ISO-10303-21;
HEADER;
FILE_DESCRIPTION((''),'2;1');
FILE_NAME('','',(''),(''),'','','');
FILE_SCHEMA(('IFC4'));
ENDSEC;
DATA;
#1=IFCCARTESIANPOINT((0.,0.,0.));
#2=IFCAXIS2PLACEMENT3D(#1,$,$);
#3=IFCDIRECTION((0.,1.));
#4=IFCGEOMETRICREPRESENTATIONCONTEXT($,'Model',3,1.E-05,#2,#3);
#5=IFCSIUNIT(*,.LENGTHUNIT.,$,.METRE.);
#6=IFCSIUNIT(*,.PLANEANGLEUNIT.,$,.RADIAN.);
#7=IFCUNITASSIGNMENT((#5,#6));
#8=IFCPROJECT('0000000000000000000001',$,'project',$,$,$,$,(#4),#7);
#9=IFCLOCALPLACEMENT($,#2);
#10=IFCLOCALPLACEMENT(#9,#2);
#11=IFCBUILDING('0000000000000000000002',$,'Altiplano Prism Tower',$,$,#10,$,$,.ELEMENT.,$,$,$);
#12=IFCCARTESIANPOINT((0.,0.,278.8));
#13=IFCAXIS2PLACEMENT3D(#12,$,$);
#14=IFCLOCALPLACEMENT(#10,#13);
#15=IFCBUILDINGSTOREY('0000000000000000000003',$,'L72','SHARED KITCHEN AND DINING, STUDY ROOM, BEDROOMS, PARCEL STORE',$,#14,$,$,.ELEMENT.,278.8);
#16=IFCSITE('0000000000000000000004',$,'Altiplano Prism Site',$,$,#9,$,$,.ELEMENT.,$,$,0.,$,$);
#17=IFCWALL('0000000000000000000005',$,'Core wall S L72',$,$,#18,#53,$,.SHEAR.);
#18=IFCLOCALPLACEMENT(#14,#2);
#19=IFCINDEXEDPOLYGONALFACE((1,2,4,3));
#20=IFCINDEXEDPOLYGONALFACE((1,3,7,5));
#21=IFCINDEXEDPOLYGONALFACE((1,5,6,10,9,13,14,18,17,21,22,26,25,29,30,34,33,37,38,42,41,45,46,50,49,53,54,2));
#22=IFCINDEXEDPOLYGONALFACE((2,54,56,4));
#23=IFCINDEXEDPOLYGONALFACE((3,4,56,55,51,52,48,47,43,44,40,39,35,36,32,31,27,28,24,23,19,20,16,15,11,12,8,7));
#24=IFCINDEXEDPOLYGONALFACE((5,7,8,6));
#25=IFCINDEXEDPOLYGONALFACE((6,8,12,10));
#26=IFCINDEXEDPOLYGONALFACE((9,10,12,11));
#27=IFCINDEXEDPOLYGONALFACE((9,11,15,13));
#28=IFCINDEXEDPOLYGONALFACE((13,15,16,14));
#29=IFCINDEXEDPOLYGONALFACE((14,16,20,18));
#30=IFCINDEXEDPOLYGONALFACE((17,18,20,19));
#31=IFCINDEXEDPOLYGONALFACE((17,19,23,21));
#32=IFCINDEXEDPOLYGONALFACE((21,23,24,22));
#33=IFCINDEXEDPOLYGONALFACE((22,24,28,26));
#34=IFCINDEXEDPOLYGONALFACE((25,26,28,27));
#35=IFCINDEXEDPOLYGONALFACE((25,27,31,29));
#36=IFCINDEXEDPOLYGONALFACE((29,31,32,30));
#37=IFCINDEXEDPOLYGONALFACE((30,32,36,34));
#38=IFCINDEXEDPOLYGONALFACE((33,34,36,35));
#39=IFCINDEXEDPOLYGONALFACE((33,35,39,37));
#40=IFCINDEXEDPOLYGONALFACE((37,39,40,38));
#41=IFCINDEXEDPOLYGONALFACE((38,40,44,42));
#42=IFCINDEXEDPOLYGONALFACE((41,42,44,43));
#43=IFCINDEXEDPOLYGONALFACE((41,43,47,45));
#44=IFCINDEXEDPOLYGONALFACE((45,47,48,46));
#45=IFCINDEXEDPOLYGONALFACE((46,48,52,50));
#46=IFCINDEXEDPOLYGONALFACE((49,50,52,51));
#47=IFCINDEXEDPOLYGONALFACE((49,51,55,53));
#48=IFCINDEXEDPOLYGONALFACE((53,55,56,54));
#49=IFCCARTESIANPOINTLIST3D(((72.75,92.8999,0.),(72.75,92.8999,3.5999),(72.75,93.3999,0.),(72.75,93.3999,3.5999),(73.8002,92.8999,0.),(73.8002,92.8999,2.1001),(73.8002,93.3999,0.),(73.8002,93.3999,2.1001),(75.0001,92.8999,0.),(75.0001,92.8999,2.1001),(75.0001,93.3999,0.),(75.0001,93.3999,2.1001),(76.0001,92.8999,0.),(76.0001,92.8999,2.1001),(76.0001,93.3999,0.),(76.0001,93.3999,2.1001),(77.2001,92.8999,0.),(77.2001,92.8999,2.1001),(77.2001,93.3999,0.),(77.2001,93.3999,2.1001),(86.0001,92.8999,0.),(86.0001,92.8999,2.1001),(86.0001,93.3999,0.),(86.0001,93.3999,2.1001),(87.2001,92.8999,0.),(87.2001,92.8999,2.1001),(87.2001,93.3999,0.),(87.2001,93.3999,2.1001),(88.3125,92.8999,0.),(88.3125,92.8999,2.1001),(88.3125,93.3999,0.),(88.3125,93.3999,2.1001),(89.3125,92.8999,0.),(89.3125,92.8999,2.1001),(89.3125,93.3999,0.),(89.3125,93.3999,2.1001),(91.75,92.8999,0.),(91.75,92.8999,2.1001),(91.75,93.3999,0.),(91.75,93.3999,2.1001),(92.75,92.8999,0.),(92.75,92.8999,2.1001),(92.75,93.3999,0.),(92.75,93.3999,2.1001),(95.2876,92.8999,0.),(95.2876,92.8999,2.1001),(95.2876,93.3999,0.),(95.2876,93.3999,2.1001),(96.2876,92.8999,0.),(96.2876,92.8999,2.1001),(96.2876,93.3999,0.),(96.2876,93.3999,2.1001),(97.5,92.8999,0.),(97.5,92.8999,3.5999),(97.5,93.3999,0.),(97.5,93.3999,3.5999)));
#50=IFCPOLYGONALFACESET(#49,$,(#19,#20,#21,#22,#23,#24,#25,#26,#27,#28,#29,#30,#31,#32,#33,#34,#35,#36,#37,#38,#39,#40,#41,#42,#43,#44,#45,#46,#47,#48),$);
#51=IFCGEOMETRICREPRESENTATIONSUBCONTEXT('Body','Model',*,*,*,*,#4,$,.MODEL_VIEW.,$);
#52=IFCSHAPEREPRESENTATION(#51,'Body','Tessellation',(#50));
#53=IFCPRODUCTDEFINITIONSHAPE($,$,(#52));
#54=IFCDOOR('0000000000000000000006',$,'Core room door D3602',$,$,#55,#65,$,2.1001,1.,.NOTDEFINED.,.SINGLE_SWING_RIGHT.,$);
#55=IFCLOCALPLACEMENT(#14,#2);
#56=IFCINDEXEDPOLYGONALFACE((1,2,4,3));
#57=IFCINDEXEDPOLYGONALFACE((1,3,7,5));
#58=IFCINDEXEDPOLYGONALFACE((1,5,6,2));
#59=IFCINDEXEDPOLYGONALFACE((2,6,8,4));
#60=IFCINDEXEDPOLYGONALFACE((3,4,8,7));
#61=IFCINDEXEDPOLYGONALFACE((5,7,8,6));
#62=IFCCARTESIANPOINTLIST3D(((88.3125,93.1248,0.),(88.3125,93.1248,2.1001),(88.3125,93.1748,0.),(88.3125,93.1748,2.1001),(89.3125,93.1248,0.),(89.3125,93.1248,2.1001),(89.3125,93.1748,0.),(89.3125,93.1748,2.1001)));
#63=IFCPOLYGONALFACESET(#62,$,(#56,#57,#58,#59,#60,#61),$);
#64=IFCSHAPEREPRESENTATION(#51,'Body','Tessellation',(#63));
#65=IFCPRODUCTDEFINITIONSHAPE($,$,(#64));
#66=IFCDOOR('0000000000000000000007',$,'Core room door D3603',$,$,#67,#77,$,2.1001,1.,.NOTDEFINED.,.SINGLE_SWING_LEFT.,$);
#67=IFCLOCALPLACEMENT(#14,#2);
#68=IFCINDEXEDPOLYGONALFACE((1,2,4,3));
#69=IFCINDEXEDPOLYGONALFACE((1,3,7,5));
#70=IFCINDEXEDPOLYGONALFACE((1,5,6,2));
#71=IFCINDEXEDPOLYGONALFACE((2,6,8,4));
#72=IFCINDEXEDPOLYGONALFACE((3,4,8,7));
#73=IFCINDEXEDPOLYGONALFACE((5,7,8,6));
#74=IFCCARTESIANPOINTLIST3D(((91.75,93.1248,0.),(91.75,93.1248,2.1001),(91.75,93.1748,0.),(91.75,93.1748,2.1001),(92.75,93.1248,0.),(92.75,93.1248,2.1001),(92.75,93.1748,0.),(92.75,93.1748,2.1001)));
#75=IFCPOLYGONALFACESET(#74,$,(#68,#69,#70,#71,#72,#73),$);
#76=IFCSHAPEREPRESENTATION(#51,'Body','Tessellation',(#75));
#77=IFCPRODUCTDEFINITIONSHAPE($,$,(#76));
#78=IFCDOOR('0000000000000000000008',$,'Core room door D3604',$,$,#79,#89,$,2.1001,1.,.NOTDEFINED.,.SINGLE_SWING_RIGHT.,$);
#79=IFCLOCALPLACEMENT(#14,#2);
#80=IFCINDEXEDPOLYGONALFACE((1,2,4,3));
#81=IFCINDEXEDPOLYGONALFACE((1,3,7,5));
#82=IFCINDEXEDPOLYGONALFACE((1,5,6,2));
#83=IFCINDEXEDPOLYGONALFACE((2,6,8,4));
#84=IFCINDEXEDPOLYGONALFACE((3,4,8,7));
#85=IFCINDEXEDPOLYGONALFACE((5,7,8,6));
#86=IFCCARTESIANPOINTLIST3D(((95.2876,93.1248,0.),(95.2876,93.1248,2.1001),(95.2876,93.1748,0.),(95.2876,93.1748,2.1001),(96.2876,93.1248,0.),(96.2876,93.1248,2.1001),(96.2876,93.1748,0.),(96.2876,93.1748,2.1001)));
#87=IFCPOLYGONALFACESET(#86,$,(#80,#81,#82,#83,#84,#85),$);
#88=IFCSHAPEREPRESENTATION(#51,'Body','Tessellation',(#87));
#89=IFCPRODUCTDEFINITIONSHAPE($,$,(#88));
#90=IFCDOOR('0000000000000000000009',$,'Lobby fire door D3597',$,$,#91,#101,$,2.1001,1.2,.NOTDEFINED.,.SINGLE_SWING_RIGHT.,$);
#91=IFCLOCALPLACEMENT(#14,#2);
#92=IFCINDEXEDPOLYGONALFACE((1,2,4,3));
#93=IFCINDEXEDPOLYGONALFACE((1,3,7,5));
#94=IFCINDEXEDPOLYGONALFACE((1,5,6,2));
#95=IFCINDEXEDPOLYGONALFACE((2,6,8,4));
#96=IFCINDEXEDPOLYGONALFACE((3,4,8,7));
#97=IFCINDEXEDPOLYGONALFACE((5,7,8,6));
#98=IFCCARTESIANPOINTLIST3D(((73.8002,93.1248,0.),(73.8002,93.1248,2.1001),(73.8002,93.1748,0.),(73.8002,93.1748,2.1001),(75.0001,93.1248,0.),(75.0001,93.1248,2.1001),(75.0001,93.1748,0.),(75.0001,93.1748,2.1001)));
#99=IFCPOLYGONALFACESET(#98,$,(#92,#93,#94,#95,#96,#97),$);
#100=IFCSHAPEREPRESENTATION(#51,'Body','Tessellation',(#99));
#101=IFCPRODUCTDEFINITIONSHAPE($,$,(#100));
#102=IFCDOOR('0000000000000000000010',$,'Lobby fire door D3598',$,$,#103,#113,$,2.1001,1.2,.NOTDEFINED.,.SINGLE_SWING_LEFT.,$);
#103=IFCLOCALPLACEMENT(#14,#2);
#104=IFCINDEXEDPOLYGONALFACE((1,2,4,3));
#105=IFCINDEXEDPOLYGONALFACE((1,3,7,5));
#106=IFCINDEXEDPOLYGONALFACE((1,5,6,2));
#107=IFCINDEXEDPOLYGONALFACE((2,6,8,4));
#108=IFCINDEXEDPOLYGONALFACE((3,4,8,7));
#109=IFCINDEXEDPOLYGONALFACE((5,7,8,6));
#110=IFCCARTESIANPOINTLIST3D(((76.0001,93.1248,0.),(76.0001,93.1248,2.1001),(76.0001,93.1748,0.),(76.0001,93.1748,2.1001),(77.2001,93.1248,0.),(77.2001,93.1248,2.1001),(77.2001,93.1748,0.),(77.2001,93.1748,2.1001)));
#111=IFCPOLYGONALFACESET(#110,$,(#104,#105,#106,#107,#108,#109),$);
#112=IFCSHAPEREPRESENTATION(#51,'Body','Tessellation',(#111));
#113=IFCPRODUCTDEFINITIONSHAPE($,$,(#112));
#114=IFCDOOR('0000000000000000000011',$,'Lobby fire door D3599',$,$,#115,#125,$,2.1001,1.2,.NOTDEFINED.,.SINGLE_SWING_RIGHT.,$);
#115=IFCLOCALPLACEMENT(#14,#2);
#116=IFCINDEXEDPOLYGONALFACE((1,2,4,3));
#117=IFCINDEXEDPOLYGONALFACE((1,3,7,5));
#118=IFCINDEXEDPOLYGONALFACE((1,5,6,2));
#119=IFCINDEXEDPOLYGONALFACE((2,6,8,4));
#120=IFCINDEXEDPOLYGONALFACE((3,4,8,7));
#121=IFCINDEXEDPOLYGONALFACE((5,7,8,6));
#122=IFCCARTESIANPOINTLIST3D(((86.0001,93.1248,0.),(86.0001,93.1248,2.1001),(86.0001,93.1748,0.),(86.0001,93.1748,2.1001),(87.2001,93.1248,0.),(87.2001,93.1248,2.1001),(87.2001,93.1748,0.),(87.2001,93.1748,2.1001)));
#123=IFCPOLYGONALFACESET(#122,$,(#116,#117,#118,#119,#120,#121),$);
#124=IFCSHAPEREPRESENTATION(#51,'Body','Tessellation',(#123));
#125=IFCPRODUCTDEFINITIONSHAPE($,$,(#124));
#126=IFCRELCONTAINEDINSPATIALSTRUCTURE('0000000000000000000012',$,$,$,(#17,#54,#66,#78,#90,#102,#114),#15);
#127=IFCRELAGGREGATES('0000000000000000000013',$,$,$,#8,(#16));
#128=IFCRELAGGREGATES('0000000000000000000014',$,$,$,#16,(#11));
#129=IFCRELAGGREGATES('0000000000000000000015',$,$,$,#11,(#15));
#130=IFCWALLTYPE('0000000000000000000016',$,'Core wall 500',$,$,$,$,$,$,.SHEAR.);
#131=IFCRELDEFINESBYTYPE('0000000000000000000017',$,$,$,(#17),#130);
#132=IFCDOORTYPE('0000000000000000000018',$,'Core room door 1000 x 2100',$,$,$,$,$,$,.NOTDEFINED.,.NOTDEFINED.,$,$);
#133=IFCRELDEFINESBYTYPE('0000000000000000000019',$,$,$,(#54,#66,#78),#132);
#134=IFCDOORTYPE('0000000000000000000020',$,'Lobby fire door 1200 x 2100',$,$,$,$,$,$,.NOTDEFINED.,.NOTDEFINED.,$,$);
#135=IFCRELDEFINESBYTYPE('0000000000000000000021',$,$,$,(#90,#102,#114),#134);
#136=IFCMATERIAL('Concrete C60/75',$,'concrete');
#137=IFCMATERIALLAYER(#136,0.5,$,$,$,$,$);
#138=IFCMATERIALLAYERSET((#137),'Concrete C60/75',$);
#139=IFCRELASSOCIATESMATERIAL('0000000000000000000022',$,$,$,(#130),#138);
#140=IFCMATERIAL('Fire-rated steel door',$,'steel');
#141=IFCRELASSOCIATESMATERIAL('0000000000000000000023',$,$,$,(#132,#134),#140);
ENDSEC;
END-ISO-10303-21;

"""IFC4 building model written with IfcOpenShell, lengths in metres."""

from ifc_helpers import new_model, si_unit, direction, frame, frame_2d, origin, place, context, subcontext, project, spatial, rectangle, extrude, material, layer, layer_set, type_object, element, fill, save


model = new_model("IFC4")

# Units and contexts
model_context = context("Model", 3, precision=1e-05, world=origin(), true_north=direction((0.0, 1.0)))
body_context = subcontext(model_context, "Body", "Model", "MODEL_VIEW")
ifc_project = project(units=[si_unit("LENGTHUNIT", "METRE"), si_unit("PLANEANGLEUNIT", "RADIAN")], contexts=[model_context])

# Site, building, storey
site_placement = place(None, origin())
site = spatial("IfcSite", under=ifc_project, at=site_placement, Name="Altiplano Prism Site", CompositionType="ELEMENT", RefElevation=0.0)
building_placement = place(site_placement, origin())
building = spatial("IfcBuilding", under=site, at=building_placement, Name="Altiplano Prism Tower", CompositionType="ELEMENT")
storey_placement = place(building_placement, frame((0.0, 0.0, 278.8)))
storey = spatial("IfcBuildingStorey", under=building, at=storey_placement, Name="L72", Description="SHARED KITCHEN AND DINING, STUDY ROOM, BEDROOMS, PARCEL STORE", CompositionType="ELEMENT", Elevation=278.8)

# Shared definitions
ifc_material_1 = material(Name="Concrete C60/75", Category="concrete")

# Wall, openings, doors
ifc_layer_1 = layer(ifc_material_1, 0.5)
ifc_layer_set_1 = layer_set([ifc_layer_1], Name="Concrete C60/75")
wall_type_1 = type_object("IfcWallType", Name="Core wall 500", PredefinedType="SHEAR", material=ifc_layer_set_1)
wall_1_placement = place(storey_placement, frame((72.75, 93.1499, 0.0), z_axis=(0.0, 0.0, 1.0), x_axis=(1.0, 0.0, 0.0)))
wall_1 = element("IfcWall", 1, at=wall_1_placement, inside=storey, type_object=wall_type_1, Name="Core wall S L72", PredefinedType="SHEAR", context=body_context, shape_type="SweptSolid", body=[
    extrude(rectangle(XDim=24.75, YDim=0.5, at=frame_2d((12.375, 0.0))), origin(), (0.0, 0.0, 1.0), 3.5999),
])
opening_1_placement = place(wall_1_placement, frame((1.05, 0.0, 0.0)))
opening_1 = element("IfcOpeningElement", 2, at=opening_1_placement, cuts=wall_1, PredefinedType="OPENING", context=body_context, shape_type="SweptSolid", body=[
    extrude(rectangle(XDim=1.2, YDim=2.1001, at=frame_2d((0.6001, 1.05))), frame((0.0, 0.2605, 0.0), z_axis=(0.0, -1.0, 0.0), x_axis=(1.0, 0.0, 0.0)), (0.0, 0.0, 1.0), 0.521),
])
opening_2_placement = place(wall_1_placement, frame((3.25, 0.0, 0.0)))
opening_2 = element("IfcOpeningElement", 3, at=opening_2_placement, cuts=wall_1, PredefinedType="OPENING", context=body_context, shape_type="SweptSolid", body=[
    extrude(rectangle(XDim=1.2, YDim=2.1001, at=frame_2d((0.6001, 1.05))), frame((0.0, 0.2605, 0.0), z_axis=(0.0, -1.0, 0.0), x_axis=(1.0, 0.0, 0.0)), (0.0, 0.0, 1.0), 0.521),
])
opening_3_placement = place(wall_1_placement, frame((13.25, 0.0, 0.0)))
opening_3 = element("IfcOpeningElement", 4, at=opening_3_placement, cuts=wall_1, PredefinedType="OPENING", context=body_context, shape_type="SweptSolid", body=[
    extrude(rectangle(XDim=1.2, YDim=2.1001, at=frame_2d((0.6001, 1.05))), frame((0.0, 0.2605, 0.0), z_axis=(0.0, -1.0, 0.0), x_axis=(1.0, 0.0, 0.0)), (0.0, 0.0, 1.0), 0.521),
])
opening_4_placement = place(wall_1_placement, frame((15.5625, 0.0, 0.0)))
opening_4 = element("IfcOpeningElement", 5, at=opening_4_placement, cuts=wall_1, PredefinedType="OPENING", context=body_context, shape_type="SweptSolid", body=[
    extrude(rectangle(XDim=1.0, YDim=2.1001, at=frame_2d((0.5, 1.05))), frame((0.0, 0.2605, 0.0), z_axis=(0.0, -1.0, 0.0), x_axis=(1.0, 0.0, 0.0)), (0.0, 0.0, 1.0), 0.521),
])
opening_5_placement = place(wall_1_placement, frame((19.0, 0.0, 0.0)))
opening_5 = element("IfcOpeningElement", 6, at=opening_5_placement, cuts=wall_1, PredefinedType="OPENING", context=body_context, shape_type="SweptSolid", body=[
    extrude(rectangle(XDim=1.0, YDim=2.1001, at=frame_2d((0.5, 1.05))), frame((0.0, 0.2605, 0.0), z_axis=(0.0, -1.0, 0.0), x_axis=(1.0, 0.0, 0.0)), (0.0, 0.0, 1.0), 0.521),
])
opening_6_placement = place(wall_1_placement, frame((22.5376, 0.0, 0.0)))
opening_6 = element("IfcOpeningElement", 7, at=opening_6_placement, cuts=wall_1, PredefinedType="OPENING", context=body_context, shape_type="SweptSolid", body=[
    extrude(rectangle(XDim=1.0, YDim=2.1001, at=frame_2d((0.5, 1.05))), frame((0.0, 0.2605, 0.0), z_axis=(0.0, -1.0, 0.0), x_axis=(1.0, 0.0, 0.0)), (0.0, 0.0, 1.0), 0.521),
])
ifc_material_2 = material(Name="Fire-rated steel door", Category="steel")
door_type_1 = type_object("IfcDoorType", Name="Core room door 1000 x 2100", OperationType="NOTDEFINED", PredefinedType="NOTDEFINED", material=ifc_material_2)
door_1_placement = place(opening_4_placement, origin())
door_1 = element("IfcDoor", 8, at=door_1_placement, inside=storey, type_object=door_type_1, Name="Core room door D3602", OperationType="SINGLE_SWING_RIGHT", OverallHeight=2.1001, OverallWidth=1.0, PredefinedType="NOTDEFINED", context=body_context, shape_type="SweptSolid", body=[
    extrude(rectangle(XDim=1.0, YDim=2.1001, at=frame_2d((0.5, 1.05))), frame((0.0, 0.0249, 0.0), z_axis=(0.0, -1.0, 0.0), x_axis=(1.0, 0.0, 0.0)), (0.0, 0.0, 1.0), 0.05),
])
fill(opening_4, door_1)
door_2_placement = place(opening_5_placement, origin())
door_2 = element("IfcDoor", 9, at=door_2_placement, inside=storey, type_object=door_type_1, Name="Core room door D3603", OperationType="SINGLE_SWING_LEFT", OverallHeight=2.1001, OverallWidth=1.0, PredefinedType="NOTDEFINED", context=body_context, shape_type="SweptSolid", body=[
    extrude(rectangle(XDim=1.0, YDim=2.1001, at=frame_2d((0.5, 1.05))), frame((0.0, 0.0249, 0.0), z_axis=(0.0, -1.0, 0.0), x_axis=(1.0, 0.0, 0.0)), (0.0, 0.0, 1.0), 0.05),
])
fill(opening_5, door_2)
door_3_placement = place(opening_6_placement, origin())
door_3 = element("IfcDoor", 10, at=door_3_placement, inside=storey, type_object=door_type_1, Name="Core room door D3604", OperationType="SINGLE_SWING_RIGHT", OverallHeight=2.1001, OverallWidth=1.0, PredefinedType="NOTDEFINED", context=body_context, shape_type="SweptSolid", body=[
    extrude(rectangle(XDim=1.0, YDim=2.1001, at=frame_2d((0.5, 1.05))), frame((0.0, 0.0249, 0.0), z_axis=(0.0, -1.0, 0.0), x_axis=(1.0, 0.0, 0.0)), (0.0, 0.0, 1.0), 0.05),
])
fill(opening_6, door_3)
door_type_2 = type_object("IfcDoorType", Name="Lobby fire door 1200 x 2100", OperationType="NOTDEFINED", PredefinedType="NOTDEFINED", material=ifc_material_2)
door_4_placement = place(opening_1_placement, origin())
door_4 = element("IfcDoor", 11, at=door_4_placement, inside=storey, type_object=door_type_2, Name="Lobby fire door D3597", OperationType="SINGLE_SWING_RIGHT", OverallHeight=2.1001, OverallWidth=1.2, PredefinedType="NOTDEFINED", context=body_context, shape_type="SweptSolid", body=[
    extrude(rectangle(XDim=1.2, YDim=2.1001, at=frame_2d((0.6001, 1.05))), frame((0.0, 0.0249, 0.0), z_axis=(0.0, -1.0, 0.0), x_axis=(1.0, 0.0, 0.0)), (0.0, 0.0, 1.0), 0.05),
])
fill(opening_1, door_4)
door_5_placement = place(opening_2_placement, origin())
door_5 = element("IfcDoor", 12, at=door_5_placement, inside=storey, type_object=door_type_2, Name="Lobby fire door D3598", OperationType="SINGLE_SWING_LEFT", OverallHeight=2.1001, OverallWidth=1.2, PredefinedType="NOTDEFINED", context=body_context, shape_type="SweptSolid", body=[
    extrude(rectangle(XDim=1.2, YDim=2.1001, at=frame_2d((0.6001, 1.05))), frame((0.0, 0.0249, 0.0), z_axis=(0.0, -1.0, 0.0), x_axis=(1.0, 0.0, 0.0)), (0.0, 0.0, 1.0), 0.05),
])
fill(opening_2, door_5)
door_6_placement = place(opening_3_placement, origin())
door_6 = element("IfcDoor", 13, at=door_6_placement, inside=storey, type_object=door_type_2, Name="Lobby fire door D3599", OperationType="SINGLE_SWING_RIGHT", OverallHeight=2.1001, OverallWidth=1.2, PredefinedType="NOTDEFINED", context=body_context, shape_type="SweptSolid", body=[
    extrude(rectangle(XDim=1.2, YDim=2.1001, at=frame_2d((0.6001, 1.05))), frame((0.0, 0.0249, 0.0), z_axis=(0.0, -1.0, 0.0), x_axis=(1.0, 0.0, 0.0)), (0.0, 0.0, 1.0), 0.05),
])
fill(opening_3, door_6)

save(model, "model.ifc")
